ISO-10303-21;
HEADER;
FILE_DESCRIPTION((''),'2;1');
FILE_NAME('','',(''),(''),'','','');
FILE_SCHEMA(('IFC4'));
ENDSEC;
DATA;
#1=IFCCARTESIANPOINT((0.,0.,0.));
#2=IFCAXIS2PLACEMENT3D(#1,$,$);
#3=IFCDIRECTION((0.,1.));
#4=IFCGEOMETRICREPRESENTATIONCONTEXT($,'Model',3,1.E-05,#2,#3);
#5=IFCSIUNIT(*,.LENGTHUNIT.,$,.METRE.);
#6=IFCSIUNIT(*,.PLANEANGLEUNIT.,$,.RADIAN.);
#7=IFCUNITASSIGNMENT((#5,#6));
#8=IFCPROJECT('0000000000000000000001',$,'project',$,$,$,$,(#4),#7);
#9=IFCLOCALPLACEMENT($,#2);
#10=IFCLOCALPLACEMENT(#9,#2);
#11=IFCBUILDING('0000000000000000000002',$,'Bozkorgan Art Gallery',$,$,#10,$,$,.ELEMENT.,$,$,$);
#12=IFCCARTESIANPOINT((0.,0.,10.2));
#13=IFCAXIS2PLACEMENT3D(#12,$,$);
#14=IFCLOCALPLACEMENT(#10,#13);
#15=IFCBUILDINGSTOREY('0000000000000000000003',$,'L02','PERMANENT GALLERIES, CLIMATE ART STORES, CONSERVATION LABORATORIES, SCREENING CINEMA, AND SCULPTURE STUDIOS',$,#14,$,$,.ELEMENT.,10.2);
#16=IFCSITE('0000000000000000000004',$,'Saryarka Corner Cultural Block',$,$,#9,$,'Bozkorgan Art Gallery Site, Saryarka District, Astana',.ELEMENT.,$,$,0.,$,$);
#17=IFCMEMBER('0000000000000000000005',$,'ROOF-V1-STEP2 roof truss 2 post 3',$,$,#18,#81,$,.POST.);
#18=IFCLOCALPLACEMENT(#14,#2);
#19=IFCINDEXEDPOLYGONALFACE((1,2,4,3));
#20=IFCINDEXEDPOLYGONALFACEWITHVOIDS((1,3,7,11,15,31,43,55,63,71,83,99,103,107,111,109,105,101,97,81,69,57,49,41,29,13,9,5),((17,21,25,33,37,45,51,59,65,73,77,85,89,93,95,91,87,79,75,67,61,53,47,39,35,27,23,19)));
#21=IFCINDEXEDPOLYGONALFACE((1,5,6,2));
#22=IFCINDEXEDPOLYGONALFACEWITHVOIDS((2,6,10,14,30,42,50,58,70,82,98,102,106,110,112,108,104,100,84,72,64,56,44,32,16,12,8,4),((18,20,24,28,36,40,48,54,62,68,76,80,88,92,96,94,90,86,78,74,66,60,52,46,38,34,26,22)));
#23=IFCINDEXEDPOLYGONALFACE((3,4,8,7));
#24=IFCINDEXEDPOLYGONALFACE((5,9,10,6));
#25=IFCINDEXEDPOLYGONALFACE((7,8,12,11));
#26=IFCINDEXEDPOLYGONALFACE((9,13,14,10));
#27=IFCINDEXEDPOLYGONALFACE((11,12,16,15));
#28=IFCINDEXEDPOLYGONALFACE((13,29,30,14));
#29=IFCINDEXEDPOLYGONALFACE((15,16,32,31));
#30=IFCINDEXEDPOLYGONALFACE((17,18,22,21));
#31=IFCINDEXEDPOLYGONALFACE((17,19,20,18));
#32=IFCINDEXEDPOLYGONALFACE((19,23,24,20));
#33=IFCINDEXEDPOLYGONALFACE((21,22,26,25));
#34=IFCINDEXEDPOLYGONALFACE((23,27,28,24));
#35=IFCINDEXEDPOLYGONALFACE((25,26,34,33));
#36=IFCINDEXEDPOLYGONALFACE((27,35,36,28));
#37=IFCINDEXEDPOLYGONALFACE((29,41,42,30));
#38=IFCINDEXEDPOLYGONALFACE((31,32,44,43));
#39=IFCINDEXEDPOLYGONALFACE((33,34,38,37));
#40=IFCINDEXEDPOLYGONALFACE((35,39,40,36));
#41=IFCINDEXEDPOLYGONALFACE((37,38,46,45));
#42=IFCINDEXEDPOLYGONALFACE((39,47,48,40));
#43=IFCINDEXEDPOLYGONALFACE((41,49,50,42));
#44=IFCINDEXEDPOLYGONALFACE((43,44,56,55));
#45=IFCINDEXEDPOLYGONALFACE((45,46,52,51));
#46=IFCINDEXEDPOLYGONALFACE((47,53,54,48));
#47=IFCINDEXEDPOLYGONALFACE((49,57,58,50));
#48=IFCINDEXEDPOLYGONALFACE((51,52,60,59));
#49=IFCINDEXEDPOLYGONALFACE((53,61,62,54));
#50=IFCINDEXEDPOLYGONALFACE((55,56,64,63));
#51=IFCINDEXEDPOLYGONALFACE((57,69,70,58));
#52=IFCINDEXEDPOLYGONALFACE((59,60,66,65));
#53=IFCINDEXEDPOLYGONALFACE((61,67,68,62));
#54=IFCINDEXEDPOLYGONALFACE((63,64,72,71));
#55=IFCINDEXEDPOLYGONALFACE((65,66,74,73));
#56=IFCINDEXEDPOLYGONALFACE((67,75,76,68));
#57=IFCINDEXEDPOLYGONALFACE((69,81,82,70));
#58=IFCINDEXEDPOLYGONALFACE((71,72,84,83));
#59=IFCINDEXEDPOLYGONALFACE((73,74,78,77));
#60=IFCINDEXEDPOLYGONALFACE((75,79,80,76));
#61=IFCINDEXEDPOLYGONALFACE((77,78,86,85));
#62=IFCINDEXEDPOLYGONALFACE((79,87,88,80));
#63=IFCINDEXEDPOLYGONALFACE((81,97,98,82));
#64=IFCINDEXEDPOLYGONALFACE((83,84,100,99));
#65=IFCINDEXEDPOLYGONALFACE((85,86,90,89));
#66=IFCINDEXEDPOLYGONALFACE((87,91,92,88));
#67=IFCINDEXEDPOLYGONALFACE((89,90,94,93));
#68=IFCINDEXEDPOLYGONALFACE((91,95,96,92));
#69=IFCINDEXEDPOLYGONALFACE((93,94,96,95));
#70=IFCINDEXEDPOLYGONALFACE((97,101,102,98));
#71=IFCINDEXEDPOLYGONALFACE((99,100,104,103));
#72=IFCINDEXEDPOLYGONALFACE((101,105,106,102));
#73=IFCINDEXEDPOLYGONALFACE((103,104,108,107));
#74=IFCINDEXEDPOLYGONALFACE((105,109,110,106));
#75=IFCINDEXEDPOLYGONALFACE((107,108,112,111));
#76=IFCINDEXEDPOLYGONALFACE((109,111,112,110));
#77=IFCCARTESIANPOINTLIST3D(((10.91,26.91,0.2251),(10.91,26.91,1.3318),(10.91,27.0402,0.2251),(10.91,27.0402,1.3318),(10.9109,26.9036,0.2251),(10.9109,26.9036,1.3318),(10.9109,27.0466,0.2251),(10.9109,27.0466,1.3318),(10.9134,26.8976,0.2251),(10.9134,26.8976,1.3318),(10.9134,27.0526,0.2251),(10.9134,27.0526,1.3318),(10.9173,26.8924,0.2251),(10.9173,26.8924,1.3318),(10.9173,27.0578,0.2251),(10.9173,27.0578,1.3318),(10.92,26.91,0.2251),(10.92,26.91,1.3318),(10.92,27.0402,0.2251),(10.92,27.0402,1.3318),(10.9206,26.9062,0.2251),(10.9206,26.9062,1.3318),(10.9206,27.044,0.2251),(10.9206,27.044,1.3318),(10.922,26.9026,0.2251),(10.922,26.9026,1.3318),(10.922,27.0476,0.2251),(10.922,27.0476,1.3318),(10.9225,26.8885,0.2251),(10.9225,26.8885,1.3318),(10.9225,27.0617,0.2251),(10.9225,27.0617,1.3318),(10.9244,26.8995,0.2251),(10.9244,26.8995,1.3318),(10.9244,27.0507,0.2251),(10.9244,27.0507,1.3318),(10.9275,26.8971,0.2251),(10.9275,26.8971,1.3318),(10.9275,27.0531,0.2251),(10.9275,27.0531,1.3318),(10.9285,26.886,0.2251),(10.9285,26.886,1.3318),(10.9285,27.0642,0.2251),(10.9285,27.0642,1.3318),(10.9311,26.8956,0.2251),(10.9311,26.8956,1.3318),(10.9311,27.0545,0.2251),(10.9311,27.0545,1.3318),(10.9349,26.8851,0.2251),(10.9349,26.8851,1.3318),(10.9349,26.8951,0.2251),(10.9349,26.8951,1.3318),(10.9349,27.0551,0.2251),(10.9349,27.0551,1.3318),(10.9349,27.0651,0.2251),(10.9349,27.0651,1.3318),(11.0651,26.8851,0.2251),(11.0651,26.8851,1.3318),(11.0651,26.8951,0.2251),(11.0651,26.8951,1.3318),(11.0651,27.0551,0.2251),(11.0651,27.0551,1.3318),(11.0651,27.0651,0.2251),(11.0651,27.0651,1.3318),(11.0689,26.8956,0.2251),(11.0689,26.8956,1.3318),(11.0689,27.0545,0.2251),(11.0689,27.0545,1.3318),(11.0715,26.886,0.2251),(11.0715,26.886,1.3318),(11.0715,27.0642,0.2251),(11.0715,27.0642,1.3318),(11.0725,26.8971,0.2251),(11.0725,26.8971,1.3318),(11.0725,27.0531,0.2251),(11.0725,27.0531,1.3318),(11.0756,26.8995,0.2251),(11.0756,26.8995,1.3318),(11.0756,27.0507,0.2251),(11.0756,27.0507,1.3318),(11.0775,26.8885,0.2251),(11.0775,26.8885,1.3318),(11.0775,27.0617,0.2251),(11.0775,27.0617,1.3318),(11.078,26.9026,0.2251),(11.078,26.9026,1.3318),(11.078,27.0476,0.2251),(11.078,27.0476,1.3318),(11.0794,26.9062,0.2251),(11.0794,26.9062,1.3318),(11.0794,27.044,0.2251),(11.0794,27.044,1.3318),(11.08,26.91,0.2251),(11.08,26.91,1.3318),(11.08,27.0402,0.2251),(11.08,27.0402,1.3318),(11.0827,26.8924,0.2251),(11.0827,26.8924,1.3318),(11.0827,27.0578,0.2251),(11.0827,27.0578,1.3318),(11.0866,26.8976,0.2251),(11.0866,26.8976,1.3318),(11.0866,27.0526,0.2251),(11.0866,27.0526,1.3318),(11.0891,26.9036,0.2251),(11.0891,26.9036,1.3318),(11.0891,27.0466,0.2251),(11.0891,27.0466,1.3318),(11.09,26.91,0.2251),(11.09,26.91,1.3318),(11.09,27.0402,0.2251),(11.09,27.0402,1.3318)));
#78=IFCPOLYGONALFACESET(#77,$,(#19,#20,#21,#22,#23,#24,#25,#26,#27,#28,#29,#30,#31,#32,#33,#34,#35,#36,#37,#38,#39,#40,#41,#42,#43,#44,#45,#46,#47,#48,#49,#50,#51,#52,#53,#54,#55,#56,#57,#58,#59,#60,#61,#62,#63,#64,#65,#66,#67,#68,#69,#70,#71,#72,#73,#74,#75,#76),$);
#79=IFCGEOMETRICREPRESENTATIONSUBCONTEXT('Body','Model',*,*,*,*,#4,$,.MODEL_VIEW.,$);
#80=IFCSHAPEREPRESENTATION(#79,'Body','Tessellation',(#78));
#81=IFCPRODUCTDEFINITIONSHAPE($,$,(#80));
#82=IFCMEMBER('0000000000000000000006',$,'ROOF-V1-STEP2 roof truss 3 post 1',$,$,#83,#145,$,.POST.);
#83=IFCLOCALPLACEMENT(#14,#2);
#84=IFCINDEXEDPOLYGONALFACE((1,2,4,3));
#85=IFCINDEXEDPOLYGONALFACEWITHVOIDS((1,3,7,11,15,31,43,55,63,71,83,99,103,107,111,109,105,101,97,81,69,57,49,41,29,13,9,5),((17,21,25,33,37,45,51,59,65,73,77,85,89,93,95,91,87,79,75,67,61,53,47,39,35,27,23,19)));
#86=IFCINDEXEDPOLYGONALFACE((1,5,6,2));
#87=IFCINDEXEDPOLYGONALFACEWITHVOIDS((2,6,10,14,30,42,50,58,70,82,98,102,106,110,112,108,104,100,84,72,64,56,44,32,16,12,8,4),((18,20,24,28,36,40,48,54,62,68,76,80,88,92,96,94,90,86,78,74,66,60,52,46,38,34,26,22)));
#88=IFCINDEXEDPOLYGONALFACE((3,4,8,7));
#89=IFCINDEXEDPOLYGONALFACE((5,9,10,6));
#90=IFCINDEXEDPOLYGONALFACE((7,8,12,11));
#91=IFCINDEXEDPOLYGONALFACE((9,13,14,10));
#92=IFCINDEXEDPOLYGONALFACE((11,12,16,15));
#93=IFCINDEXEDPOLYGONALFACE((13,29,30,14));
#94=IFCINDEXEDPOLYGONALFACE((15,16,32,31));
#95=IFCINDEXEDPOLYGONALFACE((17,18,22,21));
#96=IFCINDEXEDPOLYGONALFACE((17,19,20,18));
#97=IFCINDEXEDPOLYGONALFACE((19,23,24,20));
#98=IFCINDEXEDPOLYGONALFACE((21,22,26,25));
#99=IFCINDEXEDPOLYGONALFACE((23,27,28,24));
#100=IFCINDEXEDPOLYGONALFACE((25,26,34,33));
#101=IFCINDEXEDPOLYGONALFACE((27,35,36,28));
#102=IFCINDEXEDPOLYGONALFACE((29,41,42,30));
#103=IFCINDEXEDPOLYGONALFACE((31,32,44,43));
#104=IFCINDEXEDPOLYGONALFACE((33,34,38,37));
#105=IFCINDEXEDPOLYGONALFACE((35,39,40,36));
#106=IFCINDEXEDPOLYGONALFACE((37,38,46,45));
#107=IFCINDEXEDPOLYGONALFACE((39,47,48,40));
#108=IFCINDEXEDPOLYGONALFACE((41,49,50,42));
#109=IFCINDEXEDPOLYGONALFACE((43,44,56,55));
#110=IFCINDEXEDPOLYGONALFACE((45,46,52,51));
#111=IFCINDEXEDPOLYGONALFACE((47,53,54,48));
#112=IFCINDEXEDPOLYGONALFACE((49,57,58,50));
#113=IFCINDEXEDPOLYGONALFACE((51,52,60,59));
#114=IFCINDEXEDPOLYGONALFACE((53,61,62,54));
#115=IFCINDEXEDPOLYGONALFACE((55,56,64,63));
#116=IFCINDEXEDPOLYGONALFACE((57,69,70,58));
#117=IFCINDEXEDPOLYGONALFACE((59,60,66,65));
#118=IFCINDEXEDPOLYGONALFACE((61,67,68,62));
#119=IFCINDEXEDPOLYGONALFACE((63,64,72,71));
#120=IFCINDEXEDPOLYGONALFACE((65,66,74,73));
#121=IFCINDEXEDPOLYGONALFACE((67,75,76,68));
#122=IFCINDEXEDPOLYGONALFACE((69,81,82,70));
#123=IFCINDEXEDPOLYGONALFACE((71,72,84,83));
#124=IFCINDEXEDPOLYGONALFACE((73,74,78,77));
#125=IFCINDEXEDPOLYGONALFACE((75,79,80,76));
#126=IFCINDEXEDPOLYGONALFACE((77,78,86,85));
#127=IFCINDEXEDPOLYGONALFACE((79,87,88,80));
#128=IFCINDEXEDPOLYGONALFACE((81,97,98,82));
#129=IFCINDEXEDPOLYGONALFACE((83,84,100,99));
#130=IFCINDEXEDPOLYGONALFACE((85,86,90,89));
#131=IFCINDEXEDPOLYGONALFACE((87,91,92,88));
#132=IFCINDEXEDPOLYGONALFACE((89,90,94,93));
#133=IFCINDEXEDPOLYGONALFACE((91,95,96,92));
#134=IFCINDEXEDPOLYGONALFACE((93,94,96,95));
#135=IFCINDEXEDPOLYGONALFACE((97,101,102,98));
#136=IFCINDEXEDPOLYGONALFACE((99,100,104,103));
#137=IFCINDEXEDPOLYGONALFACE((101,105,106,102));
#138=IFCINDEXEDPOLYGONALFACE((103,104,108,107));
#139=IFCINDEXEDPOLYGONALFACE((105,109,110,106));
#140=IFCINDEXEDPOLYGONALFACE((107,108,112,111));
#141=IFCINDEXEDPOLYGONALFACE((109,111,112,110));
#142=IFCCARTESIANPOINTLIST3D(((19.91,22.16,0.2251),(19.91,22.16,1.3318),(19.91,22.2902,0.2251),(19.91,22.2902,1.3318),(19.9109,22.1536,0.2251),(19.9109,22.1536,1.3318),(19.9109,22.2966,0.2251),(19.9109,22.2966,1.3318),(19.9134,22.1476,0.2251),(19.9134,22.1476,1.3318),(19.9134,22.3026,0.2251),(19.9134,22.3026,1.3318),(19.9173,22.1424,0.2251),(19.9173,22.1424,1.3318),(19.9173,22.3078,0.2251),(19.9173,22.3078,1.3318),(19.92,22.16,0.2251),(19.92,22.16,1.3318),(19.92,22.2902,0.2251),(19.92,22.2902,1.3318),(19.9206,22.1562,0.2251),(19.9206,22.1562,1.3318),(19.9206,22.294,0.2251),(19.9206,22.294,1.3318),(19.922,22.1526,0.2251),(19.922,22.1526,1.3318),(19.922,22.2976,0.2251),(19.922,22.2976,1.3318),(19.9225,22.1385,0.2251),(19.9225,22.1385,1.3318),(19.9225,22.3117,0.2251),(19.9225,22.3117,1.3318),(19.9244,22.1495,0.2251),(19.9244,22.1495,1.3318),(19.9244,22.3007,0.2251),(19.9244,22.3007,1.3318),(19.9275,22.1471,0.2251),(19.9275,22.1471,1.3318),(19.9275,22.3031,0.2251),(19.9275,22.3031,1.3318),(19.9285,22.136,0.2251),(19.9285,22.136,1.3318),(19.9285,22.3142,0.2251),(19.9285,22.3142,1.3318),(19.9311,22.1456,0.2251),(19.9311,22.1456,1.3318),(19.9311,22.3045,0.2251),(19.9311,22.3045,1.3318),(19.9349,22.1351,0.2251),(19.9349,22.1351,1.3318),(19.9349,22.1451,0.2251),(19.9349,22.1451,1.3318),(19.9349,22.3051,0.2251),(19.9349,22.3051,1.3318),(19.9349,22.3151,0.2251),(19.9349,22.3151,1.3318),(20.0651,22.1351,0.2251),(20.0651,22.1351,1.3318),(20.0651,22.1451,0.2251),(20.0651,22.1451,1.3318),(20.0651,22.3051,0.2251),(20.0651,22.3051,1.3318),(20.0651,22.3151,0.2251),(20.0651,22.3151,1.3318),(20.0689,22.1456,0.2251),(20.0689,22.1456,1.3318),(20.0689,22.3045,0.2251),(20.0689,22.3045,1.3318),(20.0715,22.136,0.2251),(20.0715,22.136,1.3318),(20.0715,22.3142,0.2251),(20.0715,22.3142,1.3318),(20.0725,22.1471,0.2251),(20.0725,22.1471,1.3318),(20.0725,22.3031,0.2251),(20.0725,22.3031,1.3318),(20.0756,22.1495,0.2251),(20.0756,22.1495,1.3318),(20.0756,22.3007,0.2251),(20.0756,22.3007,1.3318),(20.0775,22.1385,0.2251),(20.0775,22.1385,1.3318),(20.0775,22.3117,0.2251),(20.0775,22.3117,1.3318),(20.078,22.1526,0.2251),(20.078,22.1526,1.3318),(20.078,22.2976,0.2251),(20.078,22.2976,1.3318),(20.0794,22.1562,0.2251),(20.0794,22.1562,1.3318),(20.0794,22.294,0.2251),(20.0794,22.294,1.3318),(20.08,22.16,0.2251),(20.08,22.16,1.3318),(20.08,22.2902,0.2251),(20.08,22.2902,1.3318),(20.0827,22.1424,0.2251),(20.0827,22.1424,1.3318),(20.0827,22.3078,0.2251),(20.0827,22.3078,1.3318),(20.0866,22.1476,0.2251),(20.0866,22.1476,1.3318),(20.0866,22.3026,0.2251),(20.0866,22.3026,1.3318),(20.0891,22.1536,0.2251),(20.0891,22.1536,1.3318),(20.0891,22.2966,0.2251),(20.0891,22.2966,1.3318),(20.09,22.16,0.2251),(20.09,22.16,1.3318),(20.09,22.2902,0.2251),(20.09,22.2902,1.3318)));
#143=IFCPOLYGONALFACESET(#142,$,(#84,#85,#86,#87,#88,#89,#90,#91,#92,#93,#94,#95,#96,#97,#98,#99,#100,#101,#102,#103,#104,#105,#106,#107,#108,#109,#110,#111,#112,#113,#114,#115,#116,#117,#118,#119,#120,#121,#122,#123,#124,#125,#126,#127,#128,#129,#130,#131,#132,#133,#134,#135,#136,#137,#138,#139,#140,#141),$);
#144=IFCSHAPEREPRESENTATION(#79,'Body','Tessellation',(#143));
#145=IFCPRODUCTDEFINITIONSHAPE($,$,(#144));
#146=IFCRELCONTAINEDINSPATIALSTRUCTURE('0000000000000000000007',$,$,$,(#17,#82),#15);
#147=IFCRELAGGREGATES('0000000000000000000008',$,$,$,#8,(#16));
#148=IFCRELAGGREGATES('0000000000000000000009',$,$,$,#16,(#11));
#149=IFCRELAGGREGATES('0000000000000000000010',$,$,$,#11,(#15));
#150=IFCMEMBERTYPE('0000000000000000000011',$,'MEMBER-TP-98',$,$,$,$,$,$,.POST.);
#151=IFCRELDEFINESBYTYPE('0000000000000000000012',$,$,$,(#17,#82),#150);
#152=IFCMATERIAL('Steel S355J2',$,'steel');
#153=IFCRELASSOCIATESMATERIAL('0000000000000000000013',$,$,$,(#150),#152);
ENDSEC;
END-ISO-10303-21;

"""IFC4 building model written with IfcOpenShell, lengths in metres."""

from ifc_helpers import new_model, si_unit, direction, frame, origin, origin_2d, place, context, subcontext, project, spatial, hollow_rectangle, extrude, material, material_profile, profile_set, type_object, element, save


model = new_model("IFC4")

# Units and contexts
model_context = context("Model", 3, precision=1e-05, world=origin(), true_north=direction((0.0, 1.0)))
body_context = subcontext(model_context, "Body", "Model", "MODEL_VIEW")
ifc_project = project(units=[si_unit("LENGTHUNIT", "METRE"), si_unit("PLANEANGLEUNIT", "RADIAN")], contexts=[model_context])

# Site, building, storey
site_placement = place(None, origin())
site = spatial("IfcSite", under=ifc_project, at=site_placement, Name="Saryarka Corner Cultural Block", LongName="Bozkorgan Art Gallery Site, Saryarka District, Astana", CompositionType="ELEMENT", RefElevation=0.0)
building_placement = place(site_placement, origin())
building = spatial("IfcBuilding", under=site, at=building_placement, Name="Bozkorgan Art Gallery", CompositionType="ELEMENT")
storey_placement = place(building_placement, frame((0.0, 0.0, 10.2)))
storey = spatial("IfcBuildingStorey", under=building, at=storey_placement, Name="L02", Description="PERMANENT GALLERIES, CLIMATE ART STORES, CONSERVATION LABORATORIES, SCREENING CINEMA, AND SCULPTURE STUDIOS", CompositionType="ELEMENT", Elevation=10.2)

# Members
ifc_material_1 = material(Name="Steel S355J2", Category="steel")
ifc_material_profile_1 = material_profile(ifc_material_1, hollow_rectangle(XDim=0.1799, YDim=0.1799, WallThickness=0.01, InnerFilletRadius=0.0149, OuterFilletRadius=0.0249, at=origin_2d()), Name="SHS 180x180x10")
ifc_profile_set_1 = profile_set([ifc_material_profile_1], Name="Steel S355J2")
member_type_1 = type_object("IfcMemberType", Name="MEMBER-TP-98", PredefinedType="POST", material=ifc_profile_set_1)
for number, where, z_axis, x_axis, name in (
    (1, (11.0, 26.9751, 0.2251), (0.0, 0.0, 1.0), (1.0, 0.0, 0.0), "ROOF-V1-STEP2 roof truss 2 post 3"),
    (2, (20.0, 22.2251, 0.2251), (0.0, 0.0, 1.0), (1.0, 0.0, 0.0), "ROOF-V1-STEP2 roof truss 3 post 1"),
):
    element("IfcMember", number, at=place(storey_placement, frame(where, z_axis=z_axis, x_axis=x_axis)), inside=storey, type_object=member_type_1, Name=name, PredefinedType="POST", context=body_context, shape_type="SweptSolid", body=[
        extrude(hollow_rectangle(XDim=0.1799, YDim=0.1799, WallThickness=0.01, InnerFilletRadius=0.0149, OuterFilletRadius=0.0249, at=origin_2d()), origin(), (0.0, 0.0, 1.0), 1.1067),
    ])

save(model, "model.ifc")
